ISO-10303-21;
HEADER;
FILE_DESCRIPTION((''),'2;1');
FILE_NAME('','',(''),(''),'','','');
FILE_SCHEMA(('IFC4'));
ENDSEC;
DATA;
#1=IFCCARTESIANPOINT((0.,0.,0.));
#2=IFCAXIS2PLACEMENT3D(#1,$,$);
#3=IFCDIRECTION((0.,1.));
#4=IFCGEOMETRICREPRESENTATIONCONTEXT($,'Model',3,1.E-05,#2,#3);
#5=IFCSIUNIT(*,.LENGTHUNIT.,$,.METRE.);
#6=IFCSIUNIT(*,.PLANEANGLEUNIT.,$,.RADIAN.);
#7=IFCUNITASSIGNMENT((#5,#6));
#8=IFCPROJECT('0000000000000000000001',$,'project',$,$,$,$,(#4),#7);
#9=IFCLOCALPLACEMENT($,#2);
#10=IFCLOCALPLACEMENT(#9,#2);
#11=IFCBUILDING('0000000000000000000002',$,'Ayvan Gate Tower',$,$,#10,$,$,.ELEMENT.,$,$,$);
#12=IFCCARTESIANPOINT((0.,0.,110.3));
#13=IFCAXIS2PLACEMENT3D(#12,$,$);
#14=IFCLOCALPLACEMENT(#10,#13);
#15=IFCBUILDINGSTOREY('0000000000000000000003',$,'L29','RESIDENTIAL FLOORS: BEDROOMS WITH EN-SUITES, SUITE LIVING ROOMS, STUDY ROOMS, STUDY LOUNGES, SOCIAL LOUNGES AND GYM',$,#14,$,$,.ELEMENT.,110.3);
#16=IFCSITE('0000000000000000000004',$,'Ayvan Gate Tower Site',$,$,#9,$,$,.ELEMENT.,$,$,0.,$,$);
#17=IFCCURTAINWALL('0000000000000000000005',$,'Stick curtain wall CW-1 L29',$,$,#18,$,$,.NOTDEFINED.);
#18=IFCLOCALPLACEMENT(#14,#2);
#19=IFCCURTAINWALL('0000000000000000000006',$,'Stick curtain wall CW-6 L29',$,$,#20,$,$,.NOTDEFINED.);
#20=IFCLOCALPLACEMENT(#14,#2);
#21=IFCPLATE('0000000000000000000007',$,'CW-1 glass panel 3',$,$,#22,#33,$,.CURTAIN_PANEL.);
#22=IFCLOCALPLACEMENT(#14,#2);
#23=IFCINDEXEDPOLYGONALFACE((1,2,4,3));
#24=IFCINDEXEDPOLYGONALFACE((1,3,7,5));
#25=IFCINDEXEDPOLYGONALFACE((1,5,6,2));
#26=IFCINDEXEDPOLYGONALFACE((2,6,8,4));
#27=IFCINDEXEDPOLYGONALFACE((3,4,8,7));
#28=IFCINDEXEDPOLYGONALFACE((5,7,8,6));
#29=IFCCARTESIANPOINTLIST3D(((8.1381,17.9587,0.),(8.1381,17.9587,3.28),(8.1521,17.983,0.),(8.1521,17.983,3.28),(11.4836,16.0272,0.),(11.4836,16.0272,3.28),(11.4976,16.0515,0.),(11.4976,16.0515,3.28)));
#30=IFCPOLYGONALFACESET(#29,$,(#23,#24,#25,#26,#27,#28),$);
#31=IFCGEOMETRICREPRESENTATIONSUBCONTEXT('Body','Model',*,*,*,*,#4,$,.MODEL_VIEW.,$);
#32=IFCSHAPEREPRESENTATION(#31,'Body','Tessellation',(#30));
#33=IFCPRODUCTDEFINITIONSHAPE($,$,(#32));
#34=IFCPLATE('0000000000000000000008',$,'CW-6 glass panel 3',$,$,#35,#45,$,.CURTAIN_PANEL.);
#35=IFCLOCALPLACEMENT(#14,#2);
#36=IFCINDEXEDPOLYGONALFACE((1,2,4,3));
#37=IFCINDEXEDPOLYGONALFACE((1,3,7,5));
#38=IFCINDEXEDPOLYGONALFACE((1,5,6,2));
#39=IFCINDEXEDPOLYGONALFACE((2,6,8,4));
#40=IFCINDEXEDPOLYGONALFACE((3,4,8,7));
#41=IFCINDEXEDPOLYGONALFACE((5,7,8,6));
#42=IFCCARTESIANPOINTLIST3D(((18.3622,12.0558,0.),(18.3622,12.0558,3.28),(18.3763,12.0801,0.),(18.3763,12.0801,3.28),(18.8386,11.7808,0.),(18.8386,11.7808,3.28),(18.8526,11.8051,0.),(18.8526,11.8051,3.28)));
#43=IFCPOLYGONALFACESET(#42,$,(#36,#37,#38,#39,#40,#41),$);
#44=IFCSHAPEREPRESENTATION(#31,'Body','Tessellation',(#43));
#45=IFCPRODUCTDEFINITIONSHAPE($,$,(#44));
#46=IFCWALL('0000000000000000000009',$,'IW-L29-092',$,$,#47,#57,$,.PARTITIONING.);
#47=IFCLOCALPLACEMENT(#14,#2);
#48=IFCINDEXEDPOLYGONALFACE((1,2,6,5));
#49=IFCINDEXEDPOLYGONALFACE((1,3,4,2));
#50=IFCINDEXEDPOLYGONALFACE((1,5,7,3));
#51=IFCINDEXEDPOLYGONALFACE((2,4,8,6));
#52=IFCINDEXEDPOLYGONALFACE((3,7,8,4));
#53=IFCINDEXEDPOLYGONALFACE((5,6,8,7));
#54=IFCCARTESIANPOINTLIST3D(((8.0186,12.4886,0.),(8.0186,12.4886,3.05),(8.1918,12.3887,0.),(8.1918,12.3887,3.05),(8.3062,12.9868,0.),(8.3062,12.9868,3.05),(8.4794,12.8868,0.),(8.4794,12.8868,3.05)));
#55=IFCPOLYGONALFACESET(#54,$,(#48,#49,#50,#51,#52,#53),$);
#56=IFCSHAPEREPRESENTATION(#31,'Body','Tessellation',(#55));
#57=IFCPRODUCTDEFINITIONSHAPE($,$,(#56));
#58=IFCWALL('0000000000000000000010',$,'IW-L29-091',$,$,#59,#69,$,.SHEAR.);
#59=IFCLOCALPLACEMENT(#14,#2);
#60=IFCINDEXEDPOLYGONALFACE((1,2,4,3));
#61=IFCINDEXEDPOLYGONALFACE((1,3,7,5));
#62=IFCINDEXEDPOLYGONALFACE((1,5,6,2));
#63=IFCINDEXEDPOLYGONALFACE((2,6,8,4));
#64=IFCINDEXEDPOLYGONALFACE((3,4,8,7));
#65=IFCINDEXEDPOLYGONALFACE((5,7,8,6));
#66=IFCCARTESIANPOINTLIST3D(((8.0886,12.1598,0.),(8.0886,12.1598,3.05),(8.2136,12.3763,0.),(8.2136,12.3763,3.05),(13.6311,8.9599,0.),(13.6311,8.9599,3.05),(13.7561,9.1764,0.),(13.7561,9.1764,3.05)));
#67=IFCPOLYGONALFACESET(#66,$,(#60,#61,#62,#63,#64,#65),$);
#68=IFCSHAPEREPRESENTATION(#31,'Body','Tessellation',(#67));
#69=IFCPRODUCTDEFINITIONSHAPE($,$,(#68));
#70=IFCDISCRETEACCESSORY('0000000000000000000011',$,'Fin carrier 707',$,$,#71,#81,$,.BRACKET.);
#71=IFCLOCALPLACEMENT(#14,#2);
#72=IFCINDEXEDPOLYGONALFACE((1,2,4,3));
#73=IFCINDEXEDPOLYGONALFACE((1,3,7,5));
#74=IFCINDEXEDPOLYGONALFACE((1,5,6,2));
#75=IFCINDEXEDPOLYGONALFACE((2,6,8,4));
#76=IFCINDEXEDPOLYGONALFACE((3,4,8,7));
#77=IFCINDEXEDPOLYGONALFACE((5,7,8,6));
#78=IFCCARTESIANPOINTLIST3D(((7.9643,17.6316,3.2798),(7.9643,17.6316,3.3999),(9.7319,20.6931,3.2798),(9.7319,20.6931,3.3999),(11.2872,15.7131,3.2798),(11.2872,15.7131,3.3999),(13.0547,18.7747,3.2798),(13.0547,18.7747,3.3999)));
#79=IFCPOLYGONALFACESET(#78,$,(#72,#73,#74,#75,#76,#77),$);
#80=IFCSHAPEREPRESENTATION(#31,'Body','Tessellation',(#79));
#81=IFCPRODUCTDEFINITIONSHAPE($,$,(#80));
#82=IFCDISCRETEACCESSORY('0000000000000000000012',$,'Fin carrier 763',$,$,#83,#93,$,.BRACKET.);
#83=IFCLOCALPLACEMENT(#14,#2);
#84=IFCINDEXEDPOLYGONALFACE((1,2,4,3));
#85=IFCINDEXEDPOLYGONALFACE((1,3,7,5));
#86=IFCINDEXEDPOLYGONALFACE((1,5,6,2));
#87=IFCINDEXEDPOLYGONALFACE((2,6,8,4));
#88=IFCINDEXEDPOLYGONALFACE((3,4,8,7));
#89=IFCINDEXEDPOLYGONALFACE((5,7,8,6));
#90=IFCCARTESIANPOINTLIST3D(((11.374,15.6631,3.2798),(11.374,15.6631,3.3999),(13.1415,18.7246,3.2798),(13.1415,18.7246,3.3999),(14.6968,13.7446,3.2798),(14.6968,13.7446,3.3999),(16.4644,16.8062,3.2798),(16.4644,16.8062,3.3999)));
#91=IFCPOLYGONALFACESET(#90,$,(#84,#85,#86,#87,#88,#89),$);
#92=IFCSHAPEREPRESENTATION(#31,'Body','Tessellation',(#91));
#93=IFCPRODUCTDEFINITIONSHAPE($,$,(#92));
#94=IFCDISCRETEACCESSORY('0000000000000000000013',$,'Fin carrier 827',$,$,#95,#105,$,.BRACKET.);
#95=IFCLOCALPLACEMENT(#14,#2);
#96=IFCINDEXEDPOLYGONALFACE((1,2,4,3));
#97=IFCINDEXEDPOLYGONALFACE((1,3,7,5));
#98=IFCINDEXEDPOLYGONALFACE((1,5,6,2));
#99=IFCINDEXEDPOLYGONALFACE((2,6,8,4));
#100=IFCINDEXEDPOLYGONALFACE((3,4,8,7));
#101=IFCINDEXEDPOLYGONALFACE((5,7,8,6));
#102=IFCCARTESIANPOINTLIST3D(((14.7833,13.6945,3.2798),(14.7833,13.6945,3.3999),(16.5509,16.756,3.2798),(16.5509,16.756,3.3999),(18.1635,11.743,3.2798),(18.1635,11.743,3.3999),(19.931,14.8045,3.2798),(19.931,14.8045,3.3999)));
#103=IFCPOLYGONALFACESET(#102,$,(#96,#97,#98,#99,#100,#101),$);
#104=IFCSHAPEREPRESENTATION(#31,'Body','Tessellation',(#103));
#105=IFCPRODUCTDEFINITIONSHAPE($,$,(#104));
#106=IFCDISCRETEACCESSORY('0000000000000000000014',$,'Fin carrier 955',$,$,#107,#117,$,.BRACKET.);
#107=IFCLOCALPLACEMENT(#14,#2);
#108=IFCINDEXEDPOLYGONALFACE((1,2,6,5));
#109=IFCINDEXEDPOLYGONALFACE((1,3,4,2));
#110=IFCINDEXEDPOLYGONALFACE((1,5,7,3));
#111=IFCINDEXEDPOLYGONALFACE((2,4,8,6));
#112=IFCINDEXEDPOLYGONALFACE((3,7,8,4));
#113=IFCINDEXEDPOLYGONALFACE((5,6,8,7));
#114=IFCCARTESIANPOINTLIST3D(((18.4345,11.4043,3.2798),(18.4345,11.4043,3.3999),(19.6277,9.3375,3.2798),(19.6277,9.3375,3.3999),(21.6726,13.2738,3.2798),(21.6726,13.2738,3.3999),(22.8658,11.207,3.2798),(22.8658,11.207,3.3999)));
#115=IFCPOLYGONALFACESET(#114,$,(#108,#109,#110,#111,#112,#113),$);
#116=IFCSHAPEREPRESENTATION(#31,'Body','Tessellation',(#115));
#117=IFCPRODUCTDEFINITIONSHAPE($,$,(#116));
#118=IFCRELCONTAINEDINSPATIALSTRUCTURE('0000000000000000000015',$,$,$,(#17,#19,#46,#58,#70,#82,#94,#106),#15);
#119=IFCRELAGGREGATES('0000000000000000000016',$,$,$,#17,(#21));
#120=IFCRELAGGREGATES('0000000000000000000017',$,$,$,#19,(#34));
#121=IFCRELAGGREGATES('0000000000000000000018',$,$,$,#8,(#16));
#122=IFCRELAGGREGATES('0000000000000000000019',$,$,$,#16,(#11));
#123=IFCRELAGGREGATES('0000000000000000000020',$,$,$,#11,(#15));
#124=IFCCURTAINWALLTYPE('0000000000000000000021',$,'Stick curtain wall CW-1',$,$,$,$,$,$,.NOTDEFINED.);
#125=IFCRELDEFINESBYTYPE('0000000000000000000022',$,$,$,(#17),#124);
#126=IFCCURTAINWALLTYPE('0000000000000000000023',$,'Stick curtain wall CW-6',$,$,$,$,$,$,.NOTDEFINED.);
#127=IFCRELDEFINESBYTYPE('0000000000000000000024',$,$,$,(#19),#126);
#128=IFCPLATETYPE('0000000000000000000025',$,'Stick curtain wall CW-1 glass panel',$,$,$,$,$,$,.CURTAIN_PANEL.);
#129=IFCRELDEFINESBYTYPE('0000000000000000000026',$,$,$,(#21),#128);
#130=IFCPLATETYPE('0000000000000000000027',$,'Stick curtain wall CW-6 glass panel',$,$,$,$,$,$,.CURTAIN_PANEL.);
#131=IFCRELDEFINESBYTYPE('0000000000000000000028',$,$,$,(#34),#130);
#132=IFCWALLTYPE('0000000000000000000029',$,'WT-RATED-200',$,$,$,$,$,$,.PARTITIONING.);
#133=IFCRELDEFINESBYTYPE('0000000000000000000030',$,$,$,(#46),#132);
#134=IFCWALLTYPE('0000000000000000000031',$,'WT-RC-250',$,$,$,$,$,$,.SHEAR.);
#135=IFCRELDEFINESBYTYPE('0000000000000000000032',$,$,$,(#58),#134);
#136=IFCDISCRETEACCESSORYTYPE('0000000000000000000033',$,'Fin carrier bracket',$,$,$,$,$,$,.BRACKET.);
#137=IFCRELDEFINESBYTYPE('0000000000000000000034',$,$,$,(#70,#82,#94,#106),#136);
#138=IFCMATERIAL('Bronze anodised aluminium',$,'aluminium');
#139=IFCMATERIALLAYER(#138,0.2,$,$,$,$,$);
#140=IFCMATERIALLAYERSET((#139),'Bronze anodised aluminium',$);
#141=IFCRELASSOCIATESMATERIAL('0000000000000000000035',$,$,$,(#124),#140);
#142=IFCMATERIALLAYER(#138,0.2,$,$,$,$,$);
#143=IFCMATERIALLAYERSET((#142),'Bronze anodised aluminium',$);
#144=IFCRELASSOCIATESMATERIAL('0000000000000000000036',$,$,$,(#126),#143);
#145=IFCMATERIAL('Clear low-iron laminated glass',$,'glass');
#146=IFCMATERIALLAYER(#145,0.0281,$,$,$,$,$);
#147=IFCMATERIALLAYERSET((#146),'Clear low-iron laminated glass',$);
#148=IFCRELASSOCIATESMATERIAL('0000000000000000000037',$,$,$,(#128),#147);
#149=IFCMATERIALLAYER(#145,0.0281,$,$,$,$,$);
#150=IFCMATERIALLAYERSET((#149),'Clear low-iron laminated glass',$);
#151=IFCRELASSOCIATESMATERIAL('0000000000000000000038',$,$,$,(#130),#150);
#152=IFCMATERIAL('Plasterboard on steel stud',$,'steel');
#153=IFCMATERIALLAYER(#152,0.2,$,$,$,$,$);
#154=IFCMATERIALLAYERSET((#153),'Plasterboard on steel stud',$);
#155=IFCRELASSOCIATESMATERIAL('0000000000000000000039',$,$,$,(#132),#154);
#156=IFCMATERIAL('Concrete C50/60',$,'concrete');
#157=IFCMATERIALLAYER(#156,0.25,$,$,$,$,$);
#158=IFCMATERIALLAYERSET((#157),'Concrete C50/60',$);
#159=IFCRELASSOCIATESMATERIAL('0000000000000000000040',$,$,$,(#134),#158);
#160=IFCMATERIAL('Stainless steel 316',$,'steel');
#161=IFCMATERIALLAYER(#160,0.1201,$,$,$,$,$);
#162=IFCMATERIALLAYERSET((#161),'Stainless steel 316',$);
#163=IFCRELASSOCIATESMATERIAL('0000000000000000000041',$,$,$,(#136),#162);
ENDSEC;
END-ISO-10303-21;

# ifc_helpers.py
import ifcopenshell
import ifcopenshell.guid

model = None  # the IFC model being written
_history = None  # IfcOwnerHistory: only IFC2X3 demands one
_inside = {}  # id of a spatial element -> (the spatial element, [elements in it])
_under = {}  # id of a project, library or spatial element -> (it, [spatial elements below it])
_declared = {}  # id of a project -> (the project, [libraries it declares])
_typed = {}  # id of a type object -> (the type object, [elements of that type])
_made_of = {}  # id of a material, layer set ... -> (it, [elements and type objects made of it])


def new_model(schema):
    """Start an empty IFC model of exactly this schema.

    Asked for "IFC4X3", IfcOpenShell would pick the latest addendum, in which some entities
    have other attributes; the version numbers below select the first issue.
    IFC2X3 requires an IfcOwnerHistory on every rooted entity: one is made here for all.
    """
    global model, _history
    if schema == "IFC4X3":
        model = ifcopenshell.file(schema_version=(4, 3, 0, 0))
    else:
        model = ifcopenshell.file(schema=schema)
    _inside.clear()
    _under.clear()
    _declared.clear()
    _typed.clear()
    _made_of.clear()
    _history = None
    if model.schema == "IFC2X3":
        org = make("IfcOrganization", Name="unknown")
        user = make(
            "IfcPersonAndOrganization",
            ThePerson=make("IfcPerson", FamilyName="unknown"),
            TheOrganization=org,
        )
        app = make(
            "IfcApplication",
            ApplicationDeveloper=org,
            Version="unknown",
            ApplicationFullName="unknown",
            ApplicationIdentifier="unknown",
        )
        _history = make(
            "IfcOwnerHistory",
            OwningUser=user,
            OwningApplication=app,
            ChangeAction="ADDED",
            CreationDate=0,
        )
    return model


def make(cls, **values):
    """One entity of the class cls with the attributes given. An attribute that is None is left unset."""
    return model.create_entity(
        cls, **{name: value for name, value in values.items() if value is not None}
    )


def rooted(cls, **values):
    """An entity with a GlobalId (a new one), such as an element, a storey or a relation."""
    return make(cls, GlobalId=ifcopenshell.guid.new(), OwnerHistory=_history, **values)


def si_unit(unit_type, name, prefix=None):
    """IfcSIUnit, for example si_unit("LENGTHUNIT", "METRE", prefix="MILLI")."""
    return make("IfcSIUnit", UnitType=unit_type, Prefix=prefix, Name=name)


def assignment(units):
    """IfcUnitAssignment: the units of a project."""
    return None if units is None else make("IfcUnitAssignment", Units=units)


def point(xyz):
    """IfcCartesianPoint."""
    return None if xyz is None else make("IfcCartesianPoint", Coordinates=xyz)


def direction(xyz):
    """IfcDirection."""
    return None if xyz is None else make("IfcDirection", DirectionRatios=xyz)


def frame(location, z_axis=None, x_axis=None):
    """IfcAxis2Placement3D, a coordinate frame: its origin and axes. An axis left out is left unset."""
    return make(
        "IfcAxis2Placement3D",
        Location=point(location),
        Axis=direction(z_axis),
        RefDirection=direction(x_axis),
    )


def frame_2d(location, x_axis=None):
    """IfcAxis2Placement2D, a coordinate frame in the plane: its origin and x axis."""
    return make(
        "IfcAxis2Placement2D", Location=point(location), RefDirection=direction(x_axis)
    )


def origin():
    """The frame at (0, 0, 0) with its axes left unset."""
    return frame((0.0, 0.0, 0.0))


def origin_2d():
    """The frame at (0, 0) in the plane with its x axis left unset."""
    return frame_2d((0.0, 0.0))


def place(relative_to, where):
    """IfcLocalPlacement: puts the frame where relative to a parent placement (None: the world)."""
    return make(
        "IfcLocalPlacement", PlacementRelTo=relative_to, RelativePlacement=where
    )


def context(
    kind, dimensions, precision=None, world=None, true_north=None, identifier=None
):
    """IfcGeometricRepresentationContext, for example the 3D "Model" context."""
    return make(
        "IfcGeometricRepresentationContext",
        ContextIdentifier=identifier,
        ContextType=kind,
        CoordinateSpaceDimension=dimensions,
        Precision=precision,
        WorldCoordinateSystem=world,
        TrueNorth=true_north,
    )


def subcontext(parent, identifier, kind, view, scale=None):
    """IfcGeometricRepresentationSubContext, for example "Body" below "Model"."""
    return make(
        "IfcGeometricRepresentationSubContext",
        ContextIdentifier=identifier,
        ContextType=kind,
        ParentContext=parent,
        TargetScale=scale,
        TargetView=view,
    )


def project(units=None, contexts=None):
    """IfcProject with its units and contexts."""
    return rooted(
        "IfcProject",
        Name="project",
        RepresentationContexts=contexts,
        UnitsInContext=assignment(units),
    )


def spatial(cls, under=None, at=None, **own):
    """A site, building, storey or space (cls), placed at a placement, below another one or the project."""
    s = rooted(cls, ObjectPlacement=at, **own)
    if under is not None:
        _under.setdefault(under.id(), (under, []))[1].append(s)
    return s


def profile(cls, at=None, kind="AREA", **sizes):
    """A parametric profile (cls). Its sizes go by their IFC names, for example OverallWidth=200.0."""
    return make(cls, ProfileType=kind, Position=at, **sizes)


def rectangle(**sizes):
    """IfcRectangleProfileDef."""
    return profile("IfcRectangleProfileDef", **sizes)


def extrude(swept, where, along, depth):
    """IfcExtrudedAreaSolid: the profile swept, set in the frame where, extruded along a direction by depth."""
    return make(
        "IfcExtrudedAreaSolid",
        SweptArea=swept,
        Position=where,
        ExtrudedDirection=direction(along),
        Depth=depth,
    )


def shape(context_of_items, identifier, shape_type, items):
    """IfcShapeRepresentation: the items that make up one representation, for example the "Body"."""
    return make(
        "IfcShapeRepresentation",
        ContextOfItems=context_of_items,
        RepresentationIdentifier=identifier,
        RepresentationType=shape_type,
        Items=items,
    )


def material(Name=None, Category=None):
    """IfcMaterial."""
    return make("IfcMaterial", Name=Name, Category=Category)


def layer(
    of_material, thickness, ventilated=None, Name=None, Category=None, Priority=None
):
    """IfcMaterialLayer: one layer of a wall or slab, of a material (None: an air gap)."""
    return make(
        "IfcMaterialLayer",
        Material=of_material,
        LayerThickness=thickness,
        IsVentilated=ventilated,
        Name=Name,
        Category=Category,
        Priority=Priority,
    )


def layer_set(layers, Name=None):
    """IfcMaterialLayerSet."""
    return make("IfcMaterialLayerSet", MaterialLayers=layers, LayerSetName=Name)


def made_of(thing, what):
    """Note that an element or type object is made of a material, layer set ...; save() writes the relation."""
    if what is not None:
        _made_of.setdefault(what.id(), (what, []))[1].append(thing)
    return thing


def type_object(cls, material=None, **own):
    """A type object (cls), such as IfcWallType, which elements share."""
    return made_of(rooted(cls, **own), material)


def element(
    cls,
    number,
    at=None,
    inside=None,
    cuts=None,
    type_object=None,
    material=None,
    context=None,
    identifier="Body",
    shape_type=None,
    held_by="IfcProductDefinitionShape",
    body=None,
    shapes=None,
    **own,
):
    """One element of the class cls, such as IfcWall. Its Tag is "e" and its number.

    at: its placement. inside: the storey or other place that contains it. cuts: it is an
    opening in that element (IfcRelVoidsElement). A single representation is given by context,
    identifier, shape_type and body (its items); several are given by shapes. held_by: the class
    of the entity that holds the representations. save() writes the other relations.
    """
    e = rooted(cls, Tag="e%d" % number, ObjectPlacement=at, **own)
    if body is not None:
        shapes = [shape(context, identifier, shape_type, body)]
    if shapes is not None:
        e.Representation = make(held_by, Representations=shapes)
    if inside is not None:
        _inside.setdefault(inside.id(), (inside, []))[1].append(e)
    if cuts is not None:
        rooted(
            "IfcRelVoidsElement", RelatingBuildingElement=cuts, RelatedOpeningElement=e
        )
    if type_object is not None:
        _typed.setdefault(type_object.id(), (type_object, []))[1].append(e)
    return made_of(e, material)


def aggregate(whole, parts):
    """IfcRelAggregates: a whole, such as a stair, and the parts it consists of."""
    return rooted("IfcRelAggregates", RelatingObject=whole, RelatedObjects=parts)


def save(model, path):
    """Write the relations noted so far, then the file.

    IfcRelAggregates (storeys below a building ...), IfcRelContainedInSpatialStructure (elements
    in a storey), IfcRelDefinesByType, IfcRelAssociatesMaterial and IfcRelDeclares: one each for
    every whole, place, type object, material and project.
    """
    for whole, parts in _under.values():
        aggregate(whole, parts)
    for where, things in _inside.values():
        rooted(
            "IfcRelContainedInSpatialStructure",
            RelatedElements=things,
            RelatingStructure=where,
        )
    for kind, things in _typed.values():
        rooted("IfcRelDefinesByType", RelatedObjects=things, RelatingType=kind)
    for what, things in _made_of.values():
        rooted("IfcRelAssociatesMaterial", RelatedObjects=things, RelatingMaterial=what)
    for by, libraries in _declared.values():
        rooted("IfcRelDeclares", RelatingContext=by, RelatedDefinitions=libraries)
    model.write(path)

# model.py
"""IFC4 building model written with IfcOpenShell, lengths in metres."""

from ifc_helpers import new_model, si_unit, direction, frame, frame_2d, origin, origin_2d, place, context, subcontext, project, spatial, rectangle, extrude, material, layer, layer_set, type_object, element, aggregate, save


model = new_model("IFC4")

# Units and contexts
model_context = context("Model", 3, precision=1e-05, world=origin(), true_north=direction((0.0, 1.0)))
body_context = subcontext(model_context, "Body", "Model", "MODEL_VIEW")
ifc_project = project(units=[si_unit("LENGTHUNIT", "METRE"), si_unit("PLANEANGLEUNIT", "RADIAN")], contexts=[model_context])

# Site, building, storey
site_placement = place(None, origin())
site = spatial("IfcSite", under=ifc_project, at=site_placement, Name="Ayvan Gate Tower Site", CompositionType="ELEMENT", RefElevation=0.0)
building_placement = place(site_placement, origin())
building = spatial("IfcBuilding", under=site, at=building_placement, Name="Ayvan Gate Tower", CompositionType="ELEMENT")
storey_placement = place(building_placement, frame((0.0, 0.0, 110.3)))
storey = spatial("IfcBuildingStorey", under=building, at=storey_placement, Name="L29", Description="RESIDENTIAL FLOORS: BEDROOMS WITH EN-SUITES, SUITE LIVING ROOMS, STUDY ROOMS, STUDY LOUNGES, SOCIAL LOUNGES AND GYM", CompositionType="ELEMENT", Elevation=110.3)

# Curtain walls
ifc_material_1 = material(Name="Bronze anodised aluminium", Category="aluminium")
ifc_layer_1 = layer(ifc_material_1, 0.2)
ifc_layer_set_1 = layer_set([ifc_layer_1], Name="Bronze anodised aluminium")
curtain_wall_type_1 = type_object("IfcCurtainWallType", Name="Stick curtain wall CW-1", PredefinedType="NOTDEFINED", material=ifc_layer_set_1)
curtain_wall_1_placement = place(storey_placement, origin())
curtain_wall_1 = element("IfcCurtainWall", 1, at=curtain_wall_1_placement, inside=storey, type_object=curtain_wall_type_1, Name="Stick curtain wall CW-1 L29", PredefinedType="NOTDEFINED")
ifc_layer_2 = layer(ifc_material_1, 0.2)
ifc_layer_set_2 = layer_set([ifc_layer_2], Name="Bronze anodised aluminium")
curtain_wall_type_2 = type_object("IfcCurtainWallType", Name="Stick curtain wall CW-6", PredefinedType="NOTDEFINED", material=ifc_layer_set_2)
curtain_wall_2_placement = place(storey_placement, origin())
curtain_wall_2 = element("IfcCurtainWall", 2, at=curtain_wall_2_placement, inside=storey, type_object=curtain_wall_type_2, Name="Stick curtain wall CW-6 L29", PredefinedType="NOTDEFINED")

# Plates
ifc_material_2 = material(Name="Clear low-iron laminated glass", Category="glass")
ifc_layer_3 = layer(ifc_material_2, 0.0281)
ifc_layer_set_3 = layer_set([ifc_layer_3], Name="Clear low-iron laminated glass")
plate_type_1 = type_object("IfcPlateType", Name="Stick curtain wall CW-1 glass panel", PredefinedType="CURTAIN_PANEL", material=ifc_layer_set_3)
plate_1_placement = place(storey_placement, frame((9.8179, 17.0051, 0.0), z_axis=(0.0, 0.0, 1.0), x_axis=(-0.866025, 0.5, 0.0)))
plate_1 = element("IfcPlate", 3, at=plate_1_placement, type_object=plate_type_1, Name="CW-1 glass panel 3", PredefinedType="CURTAIN_PANEL", context=body_context, shape_type="SweptSolid", body=[
    extrude(rectangle(XDim=3.863, YDim=0.0281, at=origin_2d()), origin(), (0.0, 0.0, 1.0), 3.28),
])
aggregate(curtain_wall_1, [plate_1])
ifc_layer_4 = layer(ifc_material_2, 0.0281)
ifc_layer_set_4 = layer_set([ifc_layer_4], Name="Clear low-iron laminated glass")
plate_type_2 = type_object("IfcPlateType", Name="Stick curtain wall CW-6 glass panel", PredefinedType="CURTAIN_PANEL", material=ifc_layer_set_4)
plate_2_placement = place(storey_placement, frame((18.6074, 11.9304, 0.0), z_axis=(0.0, 0.0, 1.0), x_axis=(-0.866025, 0.5, 0.0)))
plate_2 = element("IfcPlate", 4, at=plate_2_placement, type_object=plate_type_2, Name="CW-6 glass panel 3", PredefinedType="CURTAIN_PANEL", context=body_context, shape_type="SweptSolid", body=[
    extrude(rectangle(XDim=0.55, YDim=0.0281, at=origin_2d()), origin(), (0.0, 0.0, 1.0), 3.28),
])
aggregate(curtain_wall_2, [plate_2])

# Walls
ifc_material_3 = material(Name="Plasterboard on steel stud", Category="steel")
ifc_layer_5 = layer(ifc_material_3, 0.2)
ifc_layer_set_5 = layer_set([ifc_layer_5], Name="Plasterboard on steel stud")
wall_type_1 = type_object("IfcWallType", Name="WT-RATED-200", PredefinedType="PARTITIONING", material=ifc_layer_set_5)
wall_1_placement = place(storey_placement, frame((8.3928, 12.9368, 0.0), z_axis=(0.0, 0.0, 1.0), x_axis=(-0.500065, -0.865988, 0.0)))
element("IfcWall", 5, at=wall_1_placement, inside=storey, type_object=wall_type_1, Name="IW-L29-092", PredefinedType="PARTITIONING", context=body_context, shape_type="SweptSolid", body=[
    extrude(rectangle(XDim=0.5752, YDim=0.2, at=frame_2d((0.2876, 0.0))), origin(), (0.0, 0.0, 1.0), 3.05),
])
ifc_material_4 = material(Name="Concrete C50/60", Category="concrete")
ifc_layer_6 = layer(ifc_material_4, 0.25)
ifc_layer_set_6 = layer_set([ifc_layer_6], Name="Concrete C50/60")
wall_type_2 = type_object("IfcWallType", Name="WT-RC-250", PredefinedType="SHEAR", material=ifc_layer_set_6)
wall_2_placement = place(storey_placement, frame((8.1511, 12.2681, 0.0), z_axis=(0.0, 0.0, 1.0), x_axis=(0.866025, -0.5, 0.0)))
element("IfcWall", 6, at=wall_2_placement, inside=storey, type_object=wall_type_2, Name="IW-L29-091", PredefinedType="SHEAR", context=body_context, shape_type="SweptSolid", body=[
    extrude(rectangle(XDim=6.3999, YDim=0.25, at=frame_2d((3.2, 0.0))), origin(), (0.0, 0.0, 1.0), 3.05),
])

# Discrete accessories
ifc_material_5 = material(Name="Stainless steel 316", Category="steel")
ifc_layer_7 = layer(ifc_material_5, 0.1201)
ifc_layer_set_7 = layer_set([ifc_layer_7], Name="Stainless steel 316")
discrete_accessory_type = type_object("IfcDiscreteAccessoryType", Name="Fin carrier bracket", PredefinedType="BRACKET", material=ifc_layer_set_7)
for number, where, z_axis, x_axis, name in (
    (7, (10.5095, 18.2031, 3.2798), (0.0, 0.0, 1.0), (-0.866025, 0.5, 0.0), "Fin carrier 707"),
    (8, (13.9192, 16.2346, 3.2798), (0.0, 0.0, 1.0), (-0.866025, 0.5, 0.0), "Fin carrier 763"),
):
    element("IfcDiscreteAccessory", number, at=place(storey_placement, frame(where, z_axis=z_axis, x_axis=x_axis)), inside=storey, type_object=discrete_accessory_type, Name=name, PredefinedType="BRACKET", context=body_context, shape_type="SweptSolid", body=[
        extrude(rectangle(XDim=3.8369, YDim=3.5352, at=origin_2d()), origin(), (0.0, 0.0, 1.0), 0.1201),
    ])
discrete_accessory_1_placement = place(storey_placement, frame((17.3572, 14.2495, 3.2798), z_axis=(0.0, 0.0, 1.0), x_axis=(-0.866025, 0.5, 0.0)))
element("IfcDiscreteAccessory", 9, at=discrete_accessory_1_placement, inside=storey, type_object=discrete_accessory_type, Name="Fin carrier 827", PredefinedType="BRACKET", context=body_context, shape_type="SweptSolid", body=[
    extrude(rectangle(XDim=3.9031, YDim=3.5352, at=origin_2d()), origin(), (0.0, 0.0, 1.0), 0.1201),
])
discrete_accessory_2_placement = place(storey_placement, frame((20.6501, 11.3057, 3.2798), z_axis=(0.0, 0.0, 1.0), x_axis=(-0.5, 0.866025, 0.0)))
element("IfcDiscreteAccessory", 10, at=discrete_accessory_2_placement, inside=storey, type_object=discrete_accessory_type, Name="Fin carrier 955", PredefinedType="BRACKET", context=body_context, shape_type="SweptSolid", body=[
    extrude(rectangle(XDim=2.3865, YDim=3.739, at=origin_2d()), origin(), (0.0, 0.0, 1.0), 0.1201),
])

save(model, "model.ifc")
